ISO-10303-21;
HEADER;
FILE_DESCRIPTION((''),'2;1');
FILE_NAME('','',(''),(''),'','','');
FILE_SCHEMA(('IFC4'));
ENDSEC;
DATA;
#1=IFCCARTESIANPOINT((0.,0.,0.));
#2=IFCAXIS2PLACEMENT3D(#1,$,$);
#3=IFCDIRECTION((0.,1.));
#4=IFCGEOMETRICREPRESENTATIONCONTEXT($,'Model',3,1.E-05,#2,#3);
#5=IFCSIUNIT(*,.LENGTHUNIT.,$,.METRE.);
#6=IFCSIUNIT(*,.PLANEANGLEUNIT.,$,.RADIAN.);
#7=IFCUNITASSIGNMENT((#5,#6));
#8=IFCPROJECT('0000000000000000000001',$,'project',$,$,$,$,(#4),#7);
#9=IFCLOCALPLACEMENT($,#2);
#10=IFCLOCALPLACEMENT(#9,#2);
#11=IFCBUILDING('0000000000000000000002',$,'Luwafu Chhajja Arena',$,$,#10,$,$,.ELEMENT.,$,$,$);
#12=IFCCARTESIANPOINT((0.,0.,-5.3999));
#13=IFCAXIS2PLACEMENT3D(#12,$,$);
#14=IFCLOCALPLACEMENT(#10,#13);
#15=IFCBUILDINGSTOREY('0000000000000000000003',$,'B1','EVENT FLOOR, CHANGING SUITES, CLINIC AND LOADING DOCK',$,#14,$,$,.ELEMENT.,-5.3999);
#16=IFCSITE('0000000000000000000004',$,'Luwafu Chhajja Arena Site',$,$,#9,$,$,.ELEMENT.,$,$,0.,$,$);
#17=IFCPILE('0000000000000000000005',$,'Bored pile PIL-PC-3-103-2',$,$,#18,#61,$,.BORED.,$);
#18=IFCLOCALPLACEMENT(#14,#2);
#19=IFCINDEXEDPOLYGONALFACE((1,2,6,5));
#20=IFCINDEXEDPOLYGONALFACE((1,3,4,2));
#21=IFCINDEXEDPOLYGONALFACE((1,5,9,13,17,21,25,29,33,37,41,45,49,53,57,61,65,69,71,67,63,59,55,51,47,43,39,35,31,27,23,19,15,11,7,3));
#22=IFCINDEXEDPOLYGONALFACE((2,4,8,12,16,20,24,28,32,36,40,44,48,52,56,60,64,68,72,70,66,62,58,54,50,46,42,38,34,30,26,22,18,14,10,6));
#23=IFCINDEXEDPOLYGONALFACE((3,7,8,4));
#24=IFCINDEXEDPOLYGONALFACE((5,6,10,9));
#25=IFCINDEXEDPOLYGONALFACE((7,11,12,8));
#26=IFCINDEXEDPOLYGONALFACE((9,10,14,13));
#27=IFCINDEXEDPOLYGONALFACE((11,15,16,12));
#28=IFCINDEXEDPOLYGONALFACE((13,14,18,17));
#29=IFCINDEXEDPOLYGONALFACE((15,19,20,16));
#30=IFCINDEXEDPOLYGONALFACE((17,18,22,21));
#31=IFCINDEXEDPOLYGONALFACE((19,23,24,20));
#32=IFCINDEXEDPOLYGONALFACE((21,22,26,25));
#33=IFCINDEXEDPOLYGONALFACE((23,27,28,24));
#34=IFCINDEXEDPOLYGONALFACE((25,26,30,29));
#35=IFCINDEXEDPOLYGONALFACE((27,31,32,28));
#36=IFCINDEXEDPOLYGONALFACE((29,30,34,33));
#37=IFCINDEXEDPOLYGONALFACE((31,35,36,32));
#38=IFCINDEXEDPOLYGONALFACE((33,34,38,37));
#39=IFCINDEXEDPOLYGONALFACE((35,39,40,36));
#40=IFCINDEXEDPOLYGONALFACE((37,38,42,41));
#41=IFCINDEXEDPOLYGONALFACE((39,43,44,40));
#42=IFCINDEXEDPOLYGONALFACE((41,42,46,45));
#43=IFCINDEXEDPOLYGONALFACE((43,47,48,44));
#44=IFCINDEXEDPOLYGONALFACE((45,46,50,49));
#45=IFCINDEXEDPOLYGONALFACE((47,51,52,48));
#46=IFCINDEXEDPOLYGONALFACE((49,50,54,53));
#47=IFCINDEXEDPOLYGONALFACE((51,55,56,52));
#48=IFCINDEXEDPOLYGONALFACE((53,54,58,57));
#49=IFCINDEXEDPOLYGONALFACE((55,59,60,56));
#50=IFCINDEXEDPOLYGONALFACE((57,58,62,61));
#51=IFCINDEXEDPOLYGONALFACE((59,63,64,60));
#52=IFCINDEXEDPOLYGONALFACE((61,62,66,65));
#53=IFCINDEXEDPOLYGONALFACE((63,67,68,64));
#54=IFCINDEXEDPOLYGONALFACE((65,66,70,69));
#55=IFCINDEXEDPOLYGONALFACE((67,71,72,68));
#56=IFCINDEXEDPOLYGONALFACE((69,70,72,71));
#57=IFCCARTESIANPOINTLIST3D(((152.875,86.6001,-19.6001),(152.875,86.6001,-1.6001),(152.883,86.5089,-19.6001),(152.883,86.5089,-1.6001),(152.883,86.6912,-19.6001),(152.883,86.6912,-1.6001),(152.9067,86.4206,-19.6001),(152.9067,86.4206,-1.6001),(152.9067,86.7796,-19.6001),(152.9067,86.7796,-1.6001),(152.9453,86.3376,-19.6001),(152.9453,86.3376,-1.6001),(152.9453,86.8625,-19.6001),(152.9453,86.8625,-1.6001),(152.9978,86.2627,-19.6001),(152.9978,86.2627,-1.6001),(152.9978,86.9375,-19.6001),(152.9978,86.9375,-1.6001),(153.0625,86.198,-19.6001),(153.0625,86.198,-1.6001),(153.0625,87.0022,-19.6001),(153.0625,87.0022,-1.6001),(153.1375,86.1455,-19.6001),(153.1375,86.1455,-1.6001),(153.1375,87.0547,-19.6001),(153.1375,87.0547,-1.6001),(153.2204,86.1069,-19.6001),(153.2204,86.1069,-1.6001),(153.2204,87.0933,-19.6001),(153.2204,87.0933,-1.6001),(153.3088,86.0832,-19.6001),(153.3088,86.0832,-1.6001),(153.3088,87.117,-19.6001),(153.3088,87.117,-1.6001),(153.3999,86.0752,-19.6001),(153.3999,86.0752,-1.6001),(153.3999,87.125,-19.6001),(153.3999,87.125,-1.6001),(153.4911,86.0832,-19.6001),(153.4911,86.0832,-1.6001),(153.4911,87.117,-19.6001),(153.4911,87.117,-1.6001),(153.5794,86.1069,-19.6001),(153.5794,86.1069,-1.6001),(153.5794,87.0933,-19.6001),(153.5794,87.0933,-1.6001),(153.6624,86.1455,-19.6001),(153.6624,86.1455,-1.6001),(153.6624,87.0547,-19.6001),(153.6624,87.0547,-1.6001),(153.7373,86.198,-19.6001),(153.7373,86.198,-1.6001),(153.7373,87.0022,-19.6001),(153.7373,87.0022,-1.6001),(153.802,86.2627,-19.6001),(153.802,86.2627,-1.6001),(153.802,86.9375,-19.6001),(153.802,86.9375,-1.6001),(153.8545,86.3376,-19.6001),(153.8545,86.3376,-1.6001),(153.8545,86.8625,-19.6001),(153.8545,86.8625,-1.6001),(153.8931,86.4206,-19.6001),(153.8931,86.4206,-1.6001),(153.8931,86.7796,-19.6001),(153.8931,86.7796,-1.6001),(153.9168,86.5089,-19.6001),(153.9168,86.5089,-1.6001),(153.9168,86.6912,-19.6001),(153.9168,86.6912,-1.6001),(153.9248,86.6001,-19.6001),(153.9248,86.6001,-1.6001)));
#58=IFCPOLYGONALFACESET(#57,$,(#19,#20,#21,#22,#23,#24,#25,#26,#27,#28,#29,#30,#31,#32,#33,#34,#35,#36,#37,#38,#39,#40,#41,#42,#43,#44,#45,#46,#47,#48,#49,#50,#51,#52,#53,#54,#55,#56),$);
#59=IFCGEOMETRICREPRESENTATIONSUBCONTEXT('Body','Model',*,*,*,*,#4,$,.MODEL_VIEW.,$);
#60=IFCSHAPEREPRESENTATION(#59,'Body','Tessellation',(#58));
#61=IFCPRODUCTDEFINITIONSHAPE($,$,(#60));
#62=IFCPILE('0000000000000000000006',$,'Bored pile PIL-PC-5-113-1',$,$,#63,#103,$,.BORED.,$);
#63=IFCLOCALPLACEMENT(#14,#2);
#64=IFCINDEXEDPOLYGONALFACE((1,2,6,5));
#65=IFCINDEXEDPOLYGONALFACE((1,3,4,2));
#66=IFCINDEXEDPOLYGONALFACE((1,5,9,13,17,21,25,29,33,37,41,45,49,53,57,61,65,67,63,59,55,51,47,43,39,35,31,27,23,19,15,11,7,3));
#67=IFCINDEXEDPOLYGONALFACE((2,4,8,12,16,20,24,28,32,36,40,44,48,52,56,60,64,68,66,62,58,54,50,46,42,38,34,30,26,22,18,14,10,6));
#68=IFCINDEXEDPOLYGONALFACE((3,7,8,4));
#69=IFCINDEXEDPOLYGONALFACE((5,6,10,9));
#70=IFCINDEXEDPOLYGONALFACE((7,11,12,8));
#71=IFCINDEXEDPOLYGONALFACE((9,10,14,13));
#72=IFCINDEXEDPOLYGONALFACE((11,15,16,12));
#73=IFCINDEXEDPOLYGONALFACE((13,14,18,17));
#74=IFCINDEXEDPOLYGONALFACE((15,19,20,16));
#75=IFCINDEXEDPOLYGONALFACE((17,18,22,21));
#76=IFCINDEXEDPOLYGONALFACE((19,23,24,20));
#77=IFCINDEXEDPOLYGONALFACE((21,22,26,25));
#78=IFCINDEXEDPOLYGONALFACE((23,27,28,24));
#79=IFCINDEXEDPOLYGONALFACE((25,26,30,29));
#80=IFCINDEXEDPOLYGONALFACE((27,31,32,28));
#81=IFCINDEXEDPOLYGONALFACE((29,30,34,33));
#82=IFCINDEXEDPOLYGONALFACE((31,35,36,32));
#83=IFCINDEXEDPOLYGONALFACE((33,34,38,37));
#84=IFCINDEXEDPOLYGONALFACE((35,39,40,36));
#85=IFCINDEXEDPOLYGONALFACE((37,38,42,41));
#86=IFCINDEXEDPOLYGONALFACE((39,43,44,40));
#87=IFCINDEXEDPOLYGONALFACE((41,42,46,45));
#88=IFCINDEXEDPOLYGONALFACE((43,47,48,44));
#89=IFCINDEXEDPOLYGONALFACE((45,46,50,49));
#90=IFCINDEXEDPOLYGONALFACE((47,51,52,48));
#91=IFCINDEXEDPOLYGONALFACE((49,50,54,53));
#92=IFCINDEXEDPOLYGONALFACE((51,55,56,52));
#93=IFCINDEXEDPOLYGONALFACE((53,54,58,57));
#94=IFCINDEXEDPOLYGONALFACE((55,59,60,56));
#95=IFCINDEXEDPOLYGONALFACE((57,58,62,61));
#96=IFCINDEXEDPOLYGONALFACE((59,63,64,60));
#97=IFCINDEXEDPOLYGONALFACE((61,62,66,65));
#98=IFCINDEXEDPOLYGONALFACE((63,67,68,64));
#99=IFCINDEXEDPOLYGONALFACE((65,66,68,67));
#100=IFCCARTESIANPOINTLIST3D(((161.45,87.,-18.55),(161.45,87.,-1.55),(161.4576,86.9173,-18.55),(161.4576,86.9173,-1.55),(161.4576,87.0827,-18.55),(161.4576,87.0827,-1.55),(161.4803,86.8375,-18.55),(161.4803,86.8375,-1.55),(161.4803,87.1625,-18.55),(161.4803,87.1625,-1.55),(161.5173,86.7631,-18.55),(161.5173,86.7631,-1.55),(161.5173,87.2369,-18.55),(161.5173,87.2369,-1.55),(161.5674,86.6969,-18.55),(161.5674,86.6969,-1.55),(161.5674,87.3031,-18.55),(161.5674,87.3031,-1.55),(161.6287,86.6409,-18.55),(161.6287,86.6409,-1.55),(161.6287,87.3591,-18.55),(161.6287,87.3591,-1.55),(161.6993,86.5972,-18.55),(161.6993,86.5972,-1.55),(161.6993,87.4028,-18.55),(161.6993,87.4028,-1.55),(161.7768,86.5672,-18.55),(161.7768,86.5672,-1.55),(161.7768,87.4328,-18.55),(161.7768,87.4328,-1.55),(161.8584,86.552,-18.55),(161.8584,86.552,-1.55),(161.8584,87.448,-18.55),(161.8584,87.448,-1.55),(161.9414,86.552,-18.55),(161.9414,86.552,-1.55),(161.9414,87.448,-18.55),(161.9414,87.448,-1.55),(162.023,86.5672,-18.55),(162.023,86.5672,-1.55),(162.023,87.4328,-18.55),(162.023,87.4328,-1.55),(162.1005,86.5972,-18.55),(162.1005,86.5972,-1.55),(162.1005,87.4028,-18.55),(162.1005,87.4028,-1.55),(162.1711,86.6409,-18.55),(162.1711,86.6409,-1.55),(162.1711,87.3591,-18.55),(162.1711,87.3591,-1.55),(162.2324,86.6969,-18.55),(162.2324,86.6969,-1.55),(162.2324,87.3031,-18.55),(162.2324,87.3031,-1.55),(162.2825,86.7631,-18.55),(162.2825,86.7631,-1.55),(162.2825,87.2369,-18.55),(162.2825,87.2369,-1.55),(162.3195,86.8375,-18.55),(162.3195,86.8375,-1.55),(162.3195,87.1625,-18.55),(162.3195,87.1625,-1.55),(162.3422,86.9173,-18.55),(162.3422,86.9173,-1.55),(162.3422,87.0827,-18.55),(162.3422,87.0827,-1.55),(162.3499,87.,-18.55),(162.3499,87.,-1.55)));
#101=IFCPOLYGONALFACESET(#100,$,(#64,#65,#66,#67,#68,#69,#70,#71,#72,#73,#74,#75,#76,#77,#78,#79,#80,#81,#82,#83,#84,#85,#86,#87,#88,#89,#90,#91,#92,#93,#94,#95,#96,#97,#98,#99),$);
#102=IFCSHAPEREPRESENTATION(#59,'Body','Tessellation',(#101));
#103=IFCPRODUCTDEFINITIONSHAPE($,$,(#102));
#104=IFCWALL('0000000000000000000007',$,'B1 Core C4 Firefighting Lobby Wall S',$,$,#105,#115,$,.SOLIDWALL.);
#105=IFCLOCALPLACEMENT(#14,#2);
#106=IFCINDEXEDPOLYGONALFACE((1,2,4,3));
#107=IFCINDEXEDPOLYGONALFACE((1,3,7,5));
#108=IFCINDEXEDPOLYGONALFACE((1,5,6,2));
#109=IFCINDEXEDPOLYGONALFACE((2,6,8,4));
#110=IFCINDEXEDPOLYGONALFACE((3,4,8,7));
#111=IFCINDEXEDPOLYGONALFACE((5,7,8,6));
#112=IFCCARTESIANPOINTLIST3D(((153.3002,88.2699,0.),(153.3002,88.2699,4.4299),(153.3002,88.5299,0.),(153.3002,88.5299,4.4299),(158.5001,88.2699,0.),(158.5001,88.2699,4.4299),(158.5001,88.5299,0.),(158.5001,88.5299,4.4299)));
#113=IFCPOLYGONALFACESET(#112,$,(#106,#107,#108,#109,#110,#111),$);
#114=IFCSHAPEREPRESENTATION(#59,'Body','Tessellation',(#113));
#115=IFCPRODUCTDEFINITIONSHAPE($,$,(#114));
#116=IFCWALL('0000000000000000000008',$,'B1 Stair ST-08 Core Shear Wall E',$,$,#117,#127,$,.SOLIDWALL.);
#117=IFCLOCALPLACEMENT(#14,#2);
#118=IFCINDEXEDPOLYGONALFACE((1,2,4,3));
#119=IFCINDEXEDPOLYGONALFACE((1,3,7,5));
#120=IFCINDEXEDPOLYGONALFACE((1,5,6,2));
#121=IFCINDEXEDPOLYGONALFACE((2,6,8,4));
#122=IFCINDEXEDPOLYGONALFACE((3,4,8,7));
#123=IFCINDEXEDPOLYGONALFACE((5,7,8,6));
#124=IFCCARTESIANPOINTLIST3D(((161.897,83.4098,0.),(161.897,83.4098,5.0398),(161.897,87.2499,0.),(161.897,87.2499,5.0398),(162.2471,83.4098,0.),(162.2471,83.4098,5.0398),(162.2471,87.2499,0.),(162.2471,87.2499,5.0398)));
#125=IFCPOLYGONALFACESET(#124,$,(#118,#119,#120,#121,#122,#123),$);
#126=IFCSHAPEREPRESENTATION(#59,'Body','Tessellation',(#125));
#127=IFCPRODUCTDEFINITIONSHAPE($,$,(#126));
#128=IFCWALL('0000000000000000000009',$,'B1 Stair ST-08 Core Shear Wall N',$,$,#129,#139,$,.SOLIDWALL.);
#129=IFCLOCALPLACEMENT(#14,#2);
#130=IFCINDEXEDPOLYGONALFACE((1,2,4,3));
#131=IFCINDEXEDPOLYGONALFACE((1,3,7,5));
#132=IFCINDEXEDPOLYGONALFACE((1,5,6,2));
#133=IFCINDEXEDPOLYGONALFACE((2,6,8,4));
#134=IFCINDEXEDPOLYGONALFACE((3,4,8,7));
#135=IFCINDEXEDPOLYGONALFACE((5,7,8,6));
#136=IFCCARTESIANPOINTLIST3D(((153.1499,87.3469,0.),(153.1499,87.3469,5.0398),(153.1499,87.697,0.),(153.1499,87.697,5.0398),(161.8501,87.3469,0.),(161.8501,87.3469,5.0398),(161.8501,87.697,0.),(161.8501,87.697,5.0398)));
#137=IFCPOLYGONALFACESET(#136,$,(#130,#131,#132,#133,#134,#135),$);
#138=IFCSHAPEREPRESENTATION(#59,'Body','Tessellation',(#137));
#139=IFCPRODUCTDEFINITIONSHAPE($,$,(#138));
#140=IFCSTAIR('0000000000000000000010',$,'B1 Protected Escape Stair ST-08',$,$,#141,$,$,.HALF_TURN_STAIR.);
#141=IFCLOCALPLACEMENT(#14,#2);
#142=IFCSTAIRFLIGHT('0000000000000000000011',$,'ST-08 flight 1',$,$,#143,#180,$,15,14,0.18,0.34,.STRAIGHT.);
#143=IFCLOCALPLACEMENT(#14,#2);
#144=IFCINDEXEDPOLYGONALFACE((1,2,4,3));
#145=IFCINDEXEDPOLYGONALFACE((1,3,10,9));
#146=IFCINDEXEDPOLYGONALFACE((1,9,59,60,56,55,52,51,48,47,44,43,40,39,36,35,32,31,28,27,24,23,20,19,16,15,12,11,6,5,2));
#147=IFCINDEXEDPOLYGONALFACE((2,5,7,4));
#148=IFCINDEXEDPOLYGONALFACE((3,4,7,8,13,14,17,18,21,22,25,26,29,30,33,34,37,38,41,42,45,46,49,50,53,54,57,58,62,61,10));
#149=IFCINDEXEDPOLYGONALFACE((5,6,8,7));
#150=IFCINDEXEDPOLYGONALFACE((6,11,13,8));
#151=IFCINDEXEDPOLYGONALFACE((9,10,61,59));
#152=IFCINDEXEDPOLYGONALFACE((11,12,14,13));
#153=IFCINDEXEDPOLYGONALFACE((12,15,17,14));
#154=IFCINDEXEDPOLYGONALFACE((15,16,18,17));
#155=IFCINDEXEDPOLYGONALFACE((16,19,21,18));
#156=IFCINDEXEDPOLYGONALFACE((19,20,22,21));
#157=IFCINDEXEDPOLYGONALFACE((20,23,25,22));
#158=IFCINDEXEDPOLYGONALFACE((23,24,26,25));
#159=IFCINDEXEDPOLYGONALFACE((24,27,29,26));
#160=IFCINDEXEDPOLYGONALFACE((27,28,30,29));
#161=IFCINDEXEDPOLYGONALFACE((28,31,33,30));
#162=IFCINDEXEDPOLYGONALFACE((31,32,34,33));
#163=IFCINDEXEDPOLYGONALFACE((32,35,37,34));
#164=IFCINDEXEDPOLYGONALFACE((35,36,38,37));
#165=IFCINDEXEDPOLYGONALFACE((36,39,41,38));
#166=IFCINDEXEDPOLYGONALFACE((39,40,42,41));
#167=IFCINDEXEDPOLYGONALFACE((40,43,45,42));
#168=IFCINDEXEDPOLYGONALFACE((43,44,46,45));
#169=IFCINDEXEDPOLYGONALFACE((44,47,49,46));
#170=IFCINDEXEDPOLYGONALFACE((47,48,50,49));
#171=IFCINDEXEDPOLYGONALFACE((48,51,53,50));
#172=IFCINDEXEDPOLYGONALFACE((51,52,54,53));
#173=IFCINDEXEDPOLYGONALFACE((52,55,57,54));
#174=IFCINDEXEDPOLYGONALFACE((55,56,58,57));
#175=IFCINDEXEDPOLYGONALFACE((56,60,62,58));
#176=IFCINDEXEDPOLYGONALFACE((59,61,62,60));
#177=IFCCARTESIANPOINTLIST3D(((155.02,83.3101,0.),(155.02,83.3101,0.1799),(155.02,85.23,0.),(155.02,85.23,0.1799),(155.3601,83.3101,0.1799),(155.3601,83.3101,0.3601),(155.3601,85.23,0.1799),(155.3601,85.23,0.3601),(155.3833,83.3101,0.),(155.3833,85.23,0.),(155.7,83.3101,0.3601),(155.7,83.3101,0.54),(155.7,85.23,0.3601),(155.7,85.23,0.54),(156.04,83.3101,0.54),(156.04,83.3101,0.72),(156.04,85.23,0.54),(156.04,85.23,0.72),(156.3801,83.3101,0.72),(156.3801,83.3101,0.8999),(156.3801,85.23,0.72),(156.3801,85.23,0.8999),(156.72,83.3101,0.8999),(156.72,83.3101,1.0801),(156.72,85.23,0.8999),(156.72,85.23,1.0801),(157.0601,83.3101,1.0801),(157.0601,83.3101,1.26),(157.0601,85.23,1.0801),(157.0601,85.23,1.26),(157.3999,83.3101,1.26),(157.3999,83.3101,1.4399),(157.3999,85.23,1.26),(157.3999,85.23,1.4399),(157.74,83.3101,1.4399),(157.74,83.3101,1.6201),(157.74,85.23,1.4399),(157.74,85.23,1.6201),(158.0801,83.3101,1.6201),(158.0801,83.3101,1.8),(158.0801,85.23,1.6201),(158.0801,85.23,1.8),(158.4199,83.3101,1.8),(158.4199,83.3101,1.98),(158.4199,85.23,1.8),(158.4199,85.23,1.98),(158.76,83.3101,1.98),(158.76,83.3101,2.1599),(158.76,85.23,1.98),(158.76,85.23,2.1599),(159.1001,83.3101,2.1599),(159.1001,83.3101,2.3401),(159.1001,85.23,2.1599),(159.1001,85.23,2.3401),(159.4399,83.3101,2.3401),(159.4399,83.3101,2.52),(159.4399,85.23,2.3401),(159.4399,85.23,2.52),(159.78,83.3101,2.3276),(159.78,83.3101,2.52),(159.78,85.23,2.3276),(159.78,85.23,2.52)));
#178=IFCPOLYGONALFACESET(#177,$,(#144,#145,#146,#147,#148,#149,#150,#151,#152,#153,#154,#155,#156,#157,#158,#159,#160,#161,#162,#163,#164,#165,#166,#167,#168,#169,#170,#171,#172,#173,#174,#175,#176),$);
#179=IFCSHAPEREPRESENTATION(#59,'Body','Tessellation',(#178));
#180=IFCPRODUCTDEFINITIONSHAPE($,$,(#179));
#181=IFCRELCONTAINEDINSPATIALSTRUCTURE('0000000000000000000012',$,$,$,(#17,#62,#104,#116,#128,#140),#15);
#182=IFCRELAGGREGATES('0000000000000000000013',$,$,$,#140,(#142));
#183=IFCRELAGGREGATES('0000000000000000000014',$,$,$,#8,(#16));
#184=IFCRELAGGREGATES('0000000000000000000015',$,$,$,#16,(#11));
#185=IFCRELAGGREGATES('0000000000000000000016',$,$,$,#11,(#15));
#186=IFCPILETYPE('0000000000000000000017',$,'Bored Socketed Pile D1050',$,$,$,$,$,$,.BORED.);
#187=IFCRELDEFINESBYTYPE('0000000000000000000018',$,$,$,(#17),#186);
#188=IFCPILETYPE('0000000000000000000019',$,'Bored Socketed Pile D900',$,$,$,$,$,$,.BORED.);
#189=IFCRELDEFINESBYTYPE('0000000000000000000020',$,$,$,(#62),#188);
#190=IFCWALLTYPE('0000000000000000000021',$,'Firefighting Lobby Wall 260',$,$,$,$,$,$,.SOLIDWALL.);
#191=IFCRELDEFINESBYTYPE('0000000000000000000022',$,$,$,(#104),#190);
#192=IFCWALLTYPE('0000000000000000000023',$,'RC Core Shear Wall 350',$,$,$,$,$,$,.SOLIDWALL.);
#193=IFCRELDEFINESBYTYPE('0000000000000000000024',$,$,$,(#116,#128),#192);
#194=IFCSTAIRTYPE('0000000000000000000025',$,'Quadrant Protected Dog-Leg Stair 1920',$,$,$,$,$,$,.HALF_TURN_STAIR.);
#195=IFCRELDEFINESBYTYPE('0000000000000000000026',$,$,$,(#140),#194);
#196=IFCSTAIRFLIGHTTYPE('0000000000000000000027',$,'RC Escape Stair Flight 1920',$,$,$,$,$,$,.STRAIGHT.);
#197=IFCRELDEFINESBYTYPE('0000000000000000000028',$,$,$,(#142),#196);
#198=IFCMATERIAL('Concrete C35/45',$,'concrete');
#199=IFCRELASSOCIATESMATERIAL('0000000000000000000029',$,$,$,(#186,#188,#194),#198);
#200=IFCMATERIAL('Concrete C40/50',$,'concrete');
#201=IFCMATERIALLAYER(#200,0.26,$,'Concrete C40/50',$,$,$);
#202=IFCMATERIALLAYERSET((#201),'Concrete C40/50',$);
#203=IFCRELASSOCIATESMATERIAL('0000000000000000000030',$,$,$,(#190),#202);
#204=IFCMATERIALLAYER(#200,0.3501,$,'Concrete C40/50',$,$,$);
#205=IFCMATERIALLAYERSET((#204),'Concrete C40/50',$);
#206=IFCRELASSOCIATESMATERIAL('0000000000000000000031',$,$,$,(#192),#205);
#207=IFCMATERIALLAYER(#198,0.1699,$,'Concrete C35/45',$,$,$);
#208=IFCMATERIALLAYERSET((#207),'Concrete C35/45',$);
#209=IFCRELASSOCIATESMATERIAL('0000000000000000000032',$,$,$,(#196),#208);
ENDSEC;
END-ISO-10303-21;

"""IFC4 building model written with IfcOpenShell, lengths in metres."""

from ifc_helpers import new_model, si_unit, direction, frame, frame_2d, origin, origin_2d, place, context, subcontext, project, spatial, polyline, rectangle, circle, outline, extrude, material, layer, layer_set, material_profile, profile_set, type_object, element, aggregate, save


model = new_model("IFC4")

# Units and contexts
model_context = context("Model", 3, precision=1e-05, world=origin(), true_north=direction((0.0, 1.0)))
body_context = subcontext(model_context, "Body", "Model", "MODEL_VIEW")
ifc_project = project(units=[si_unit("LENGTHUNIT", "METRE"), si_unit("PLANEANGLEUNIT", "RADIAN")], contexts=[model_context])

# Site, building, storey
site_placement = place(None, origin())
site = spatial("IfcSite", under=ifc_project, at=site_placement, Name="Luwafu Chhajja Arena Site", CompositionType="ELEMENT", RefElevation=0.0)
building_placement = place(site_placement, origin())
building = spatial("IfcBuilding", under=site, at=building_placement, Name="Luwafu Chhajja Arena", CompositionType="ELEMENT")
storey_placement = place(building_placement, frame((0.0, 0.0, -5.3999)))
storey = spatial("IfcBuildingStorey", under=building, at=storey_placement, Name="B1", Description="EVENT FLOOR, CHANGING SUITES, CLINIC AND LOADING DOCK", CompositionType="ELEMENT", Elevation=-5.3999)

# Piles
ifc_material_1 = material(Name="Concrete C35/45", Category="concrete")
ifc_material_profile_1 = material_profile(ifc_material_1, circle(Radius=0.5249, at=origin_2d()), Name="PILE D1050")
ifc_profile_set_1 = profile_set([ifc_material_profile_1], Name="Concrete C35/45")
pile_type_1 = type_object("IfcPileType", Name="Bored Socketed Pile D1050", PredefinedType="BORED", material=ifc_profile_set_1)
pile_1_placement = place(storey_placement, frame((153.3999, 86.6001, -1.6001), z_axis=(0.0, 0.0, -1.0), x_axis=(1.0, 0.0, 0.0)))
element("IfcPile", 1, at=pile_1_placement, inside=storey, type_object=pile_type_1, Name="Bored pile PIL-PC-3-103-2", PredefinedType="BORED", context=body_context, shape_type="SweptSolid", body=[
    extrude(circle(Radius=0.5249, at=origin_2d()), origin(), (0.0, 0.0, 1.0), 18.0),
])
ifc_material_profile_2 = material_profile(ifc_material_1, circle(Radius=0.45, at=origin_2d()), Name="PILE D900")
ifc_profile_set_2 = profile_set([ifc_material_profile_2], Name="Concrete C35/45")
pile_type_2 = type_object("IfcPileType", Name="Bored Socketed Pile D900", PredefinedType="BORED", material=ifc_profile_set_2)
pile_2_placement = place(storey_placement, frame((161.8999, 87.0, -1.55), z_axis=(0.0, 0.0, -1.0), x_axis=(1.0, 0.0, 0.0)))
element("IfcPile", 2, at=pile_2_placement, inside=storey, type_object=pile_type_2, Name="Bored pile PIL-PC-5-113-1", PredefinedType="BORED", context=body_context, shape_type="SweptSolid", body=[
    extrude(circle(Radius=0.45, at=origin_2d()), origin(), (0.0, 0.0, 1.0), 17.0),
])

# Walls
ifc_material_2 = material(Name="Concrete C40/50", Category="concrete")
ifc_layer_1 = layer(ifc_material_2, 0.26, Name="Concrete C40/50")
ifc_layer_set_1 = layer_set([ifc_layer_1], Name="Concrete C40/50")
wall_type_1 = type_object("IfcWallType", Name="Firefighting Lobby Wall 260", PredefinedType="SOLIDWALL", material=ifc_layer_set_1)
wall_1_placement = place(storey_placement, frame((153.3, 88.3999, 0.0), z_axis=(0.0, 0.0, 1.0), x_axis=(1.0, 0.0, 0.0)))
element("IfcWall", 3, at=wall_1_placement, inside=storey, type_object=wall_type_1, Name="B1 Core C4 Firefighting Lobby Wall S", PredefinedType="SOLIDWALL", context=body_context, shape_type="SweptSolid", body=[
    extrude(rectangle(XDim=5.2, YDim=0.26, at=frame_2d((2.6001, 0.0))), origin(), (0.0, 0.0, 1.0), 4.4299),
])
ifc_layer_2 = layer(ifc_material_2, 0.3501, Name="Concrete C40/50")
ifc_layer_set_2 = layer_set([ifc_layer_2], Name="Concrete C40/50")
wall_type_2 = type_object("IfcWallType", Name="RC Core Shear Wall 350", PredefinedType="SOLIDWALL", material=ifc_layer_set_2)
wall_2_placement = place(storey_placement, frame((162.072, 83.4099, 0.0), z_axis=(0.0, 0.0, 1.0), x_axis=(0.0, 1.0, 0.0)))
element("IfcWall", 4, at=wall_2_placement, inside=storey, type_object=wall_type_2, Name="B1 Stair ST-08 Core Shear Wall E", PredefinedType="SOLIDWALL", context=body_context, shape_type="SweptSolid", body=[
    extrude(rectangle(XDim=3.8401, YDim=0.3501, at=frame_2d((1.9199, 0.0))), origin(), (0.0, 0.0, 1.0), 5.0398),
])
wall_3_placement = place(storey_placement, frame((153.1499, 87.522, 0.0), z_axis=(0.0, 0.0, 1.0), x_axis=(1.0, 0.0, 0.0)))
element("IfcWall", 5, at=wall_3_placement, inside=storey, type_object=wall_type_2, Name="B1 Stair ST-08 Core Shear Wall N", PredefinedType="SOLIDWALL", context=body_context, shape_type="SweptSolid", body=[
    extrude(rectangle(XDim=8.7002, YDim=0.3501, at=frame_2d((4.3501, 0.0))), origin(), (0.0, 0.0, 1.0), 5.0398),
])

# Stair, stair flight
stair_type = type_object("IfcStairType", Name="Quadrant Protected Dog-Leg Stair 1920", PredefinedType="HALF_TURN_STAIR", material=ifc_material_1)
stair_placement = place(storey_placement, origin())
stair = element("IfcStair", 6, at=stair_placement, inside=storey, type_object=stair_type, Name="B1 Protected Escape Stair ST-08", PredefinedType="HALF_TURN_STAIR")
ifc_layer_3 = layer(ifc_material_1, 0.1699, Name="Concrete C35/45")
ifc_layer_set_3 = layer_set([ifc_layer_3], Name="Concrete C35/45")
stair_flight_type = type_object("IfcStairFlightType", Name="RC Escape Stair Flight 1920", PredefinedType="STRAIGHT", material=ifc_layer_set_3)
stair_flight_1_placement = place(storey_placement, frame((155.02, 84.27, 0.0), z_axis=(0.0, 0.0, 1.0), x_axis=(1.0, 0.0, 0.0)))
stair_flight_1 = element("IfcStairFlight", 7, at=stair_flight_1_placement, type_object=stair_flight_type, Name="ST-08 flight 1", NumberOfRisers=15, NumberOfTreads=14, PredefinedType="STRAIGHT", RiserHeight=0.18, TreadLength=0.34, context=body_context, shape_type="SweptSolid", body=[
    extrude(outline(polyline([(0.0, 0.0), (0.0, 0.1799), (0.3401, 0.1799), (0.3401, 0.3601), (0.6799, 0.3601), (0.6799, 0.54), (1.02, 0.54), (1.02, 0.72), (1.3601, 0.72), (1.3601, 0.8999), (1.7, 0.8999), (1.7, 1.0801), (2.04, 1.0801), (2.04, 1.26), (2.3799, 1.26), (2.3799, 1.4399), (2.72, 1.4399), (2.72, 1.6201), (3.0601, 1.6201), (3.0601, 1.8), (3.3999, 1.8), (3.3999, 1.98), (3.74, 1.98), (3.74, 2.1599), (4.0801, 2.1599), (4.0801, 2.3401), (4.4199, 2.3401), (4.4199, 2.52), (4.76, 2.52), (4.76, 2.7), (4.76, 2.3276), (0.3633, 0.0), (0.0, 0.0)])), frame((0.0, 0.96, 0.0), z_axis=(0.0, -1.0, 0.0), x_axis=(1.0, 0.0, 0.0)), (0.0, 0.0, 1.0), 1.9199),
])
aggregate(stair, [stair_flight_1])

save(model, "model.ifc")
